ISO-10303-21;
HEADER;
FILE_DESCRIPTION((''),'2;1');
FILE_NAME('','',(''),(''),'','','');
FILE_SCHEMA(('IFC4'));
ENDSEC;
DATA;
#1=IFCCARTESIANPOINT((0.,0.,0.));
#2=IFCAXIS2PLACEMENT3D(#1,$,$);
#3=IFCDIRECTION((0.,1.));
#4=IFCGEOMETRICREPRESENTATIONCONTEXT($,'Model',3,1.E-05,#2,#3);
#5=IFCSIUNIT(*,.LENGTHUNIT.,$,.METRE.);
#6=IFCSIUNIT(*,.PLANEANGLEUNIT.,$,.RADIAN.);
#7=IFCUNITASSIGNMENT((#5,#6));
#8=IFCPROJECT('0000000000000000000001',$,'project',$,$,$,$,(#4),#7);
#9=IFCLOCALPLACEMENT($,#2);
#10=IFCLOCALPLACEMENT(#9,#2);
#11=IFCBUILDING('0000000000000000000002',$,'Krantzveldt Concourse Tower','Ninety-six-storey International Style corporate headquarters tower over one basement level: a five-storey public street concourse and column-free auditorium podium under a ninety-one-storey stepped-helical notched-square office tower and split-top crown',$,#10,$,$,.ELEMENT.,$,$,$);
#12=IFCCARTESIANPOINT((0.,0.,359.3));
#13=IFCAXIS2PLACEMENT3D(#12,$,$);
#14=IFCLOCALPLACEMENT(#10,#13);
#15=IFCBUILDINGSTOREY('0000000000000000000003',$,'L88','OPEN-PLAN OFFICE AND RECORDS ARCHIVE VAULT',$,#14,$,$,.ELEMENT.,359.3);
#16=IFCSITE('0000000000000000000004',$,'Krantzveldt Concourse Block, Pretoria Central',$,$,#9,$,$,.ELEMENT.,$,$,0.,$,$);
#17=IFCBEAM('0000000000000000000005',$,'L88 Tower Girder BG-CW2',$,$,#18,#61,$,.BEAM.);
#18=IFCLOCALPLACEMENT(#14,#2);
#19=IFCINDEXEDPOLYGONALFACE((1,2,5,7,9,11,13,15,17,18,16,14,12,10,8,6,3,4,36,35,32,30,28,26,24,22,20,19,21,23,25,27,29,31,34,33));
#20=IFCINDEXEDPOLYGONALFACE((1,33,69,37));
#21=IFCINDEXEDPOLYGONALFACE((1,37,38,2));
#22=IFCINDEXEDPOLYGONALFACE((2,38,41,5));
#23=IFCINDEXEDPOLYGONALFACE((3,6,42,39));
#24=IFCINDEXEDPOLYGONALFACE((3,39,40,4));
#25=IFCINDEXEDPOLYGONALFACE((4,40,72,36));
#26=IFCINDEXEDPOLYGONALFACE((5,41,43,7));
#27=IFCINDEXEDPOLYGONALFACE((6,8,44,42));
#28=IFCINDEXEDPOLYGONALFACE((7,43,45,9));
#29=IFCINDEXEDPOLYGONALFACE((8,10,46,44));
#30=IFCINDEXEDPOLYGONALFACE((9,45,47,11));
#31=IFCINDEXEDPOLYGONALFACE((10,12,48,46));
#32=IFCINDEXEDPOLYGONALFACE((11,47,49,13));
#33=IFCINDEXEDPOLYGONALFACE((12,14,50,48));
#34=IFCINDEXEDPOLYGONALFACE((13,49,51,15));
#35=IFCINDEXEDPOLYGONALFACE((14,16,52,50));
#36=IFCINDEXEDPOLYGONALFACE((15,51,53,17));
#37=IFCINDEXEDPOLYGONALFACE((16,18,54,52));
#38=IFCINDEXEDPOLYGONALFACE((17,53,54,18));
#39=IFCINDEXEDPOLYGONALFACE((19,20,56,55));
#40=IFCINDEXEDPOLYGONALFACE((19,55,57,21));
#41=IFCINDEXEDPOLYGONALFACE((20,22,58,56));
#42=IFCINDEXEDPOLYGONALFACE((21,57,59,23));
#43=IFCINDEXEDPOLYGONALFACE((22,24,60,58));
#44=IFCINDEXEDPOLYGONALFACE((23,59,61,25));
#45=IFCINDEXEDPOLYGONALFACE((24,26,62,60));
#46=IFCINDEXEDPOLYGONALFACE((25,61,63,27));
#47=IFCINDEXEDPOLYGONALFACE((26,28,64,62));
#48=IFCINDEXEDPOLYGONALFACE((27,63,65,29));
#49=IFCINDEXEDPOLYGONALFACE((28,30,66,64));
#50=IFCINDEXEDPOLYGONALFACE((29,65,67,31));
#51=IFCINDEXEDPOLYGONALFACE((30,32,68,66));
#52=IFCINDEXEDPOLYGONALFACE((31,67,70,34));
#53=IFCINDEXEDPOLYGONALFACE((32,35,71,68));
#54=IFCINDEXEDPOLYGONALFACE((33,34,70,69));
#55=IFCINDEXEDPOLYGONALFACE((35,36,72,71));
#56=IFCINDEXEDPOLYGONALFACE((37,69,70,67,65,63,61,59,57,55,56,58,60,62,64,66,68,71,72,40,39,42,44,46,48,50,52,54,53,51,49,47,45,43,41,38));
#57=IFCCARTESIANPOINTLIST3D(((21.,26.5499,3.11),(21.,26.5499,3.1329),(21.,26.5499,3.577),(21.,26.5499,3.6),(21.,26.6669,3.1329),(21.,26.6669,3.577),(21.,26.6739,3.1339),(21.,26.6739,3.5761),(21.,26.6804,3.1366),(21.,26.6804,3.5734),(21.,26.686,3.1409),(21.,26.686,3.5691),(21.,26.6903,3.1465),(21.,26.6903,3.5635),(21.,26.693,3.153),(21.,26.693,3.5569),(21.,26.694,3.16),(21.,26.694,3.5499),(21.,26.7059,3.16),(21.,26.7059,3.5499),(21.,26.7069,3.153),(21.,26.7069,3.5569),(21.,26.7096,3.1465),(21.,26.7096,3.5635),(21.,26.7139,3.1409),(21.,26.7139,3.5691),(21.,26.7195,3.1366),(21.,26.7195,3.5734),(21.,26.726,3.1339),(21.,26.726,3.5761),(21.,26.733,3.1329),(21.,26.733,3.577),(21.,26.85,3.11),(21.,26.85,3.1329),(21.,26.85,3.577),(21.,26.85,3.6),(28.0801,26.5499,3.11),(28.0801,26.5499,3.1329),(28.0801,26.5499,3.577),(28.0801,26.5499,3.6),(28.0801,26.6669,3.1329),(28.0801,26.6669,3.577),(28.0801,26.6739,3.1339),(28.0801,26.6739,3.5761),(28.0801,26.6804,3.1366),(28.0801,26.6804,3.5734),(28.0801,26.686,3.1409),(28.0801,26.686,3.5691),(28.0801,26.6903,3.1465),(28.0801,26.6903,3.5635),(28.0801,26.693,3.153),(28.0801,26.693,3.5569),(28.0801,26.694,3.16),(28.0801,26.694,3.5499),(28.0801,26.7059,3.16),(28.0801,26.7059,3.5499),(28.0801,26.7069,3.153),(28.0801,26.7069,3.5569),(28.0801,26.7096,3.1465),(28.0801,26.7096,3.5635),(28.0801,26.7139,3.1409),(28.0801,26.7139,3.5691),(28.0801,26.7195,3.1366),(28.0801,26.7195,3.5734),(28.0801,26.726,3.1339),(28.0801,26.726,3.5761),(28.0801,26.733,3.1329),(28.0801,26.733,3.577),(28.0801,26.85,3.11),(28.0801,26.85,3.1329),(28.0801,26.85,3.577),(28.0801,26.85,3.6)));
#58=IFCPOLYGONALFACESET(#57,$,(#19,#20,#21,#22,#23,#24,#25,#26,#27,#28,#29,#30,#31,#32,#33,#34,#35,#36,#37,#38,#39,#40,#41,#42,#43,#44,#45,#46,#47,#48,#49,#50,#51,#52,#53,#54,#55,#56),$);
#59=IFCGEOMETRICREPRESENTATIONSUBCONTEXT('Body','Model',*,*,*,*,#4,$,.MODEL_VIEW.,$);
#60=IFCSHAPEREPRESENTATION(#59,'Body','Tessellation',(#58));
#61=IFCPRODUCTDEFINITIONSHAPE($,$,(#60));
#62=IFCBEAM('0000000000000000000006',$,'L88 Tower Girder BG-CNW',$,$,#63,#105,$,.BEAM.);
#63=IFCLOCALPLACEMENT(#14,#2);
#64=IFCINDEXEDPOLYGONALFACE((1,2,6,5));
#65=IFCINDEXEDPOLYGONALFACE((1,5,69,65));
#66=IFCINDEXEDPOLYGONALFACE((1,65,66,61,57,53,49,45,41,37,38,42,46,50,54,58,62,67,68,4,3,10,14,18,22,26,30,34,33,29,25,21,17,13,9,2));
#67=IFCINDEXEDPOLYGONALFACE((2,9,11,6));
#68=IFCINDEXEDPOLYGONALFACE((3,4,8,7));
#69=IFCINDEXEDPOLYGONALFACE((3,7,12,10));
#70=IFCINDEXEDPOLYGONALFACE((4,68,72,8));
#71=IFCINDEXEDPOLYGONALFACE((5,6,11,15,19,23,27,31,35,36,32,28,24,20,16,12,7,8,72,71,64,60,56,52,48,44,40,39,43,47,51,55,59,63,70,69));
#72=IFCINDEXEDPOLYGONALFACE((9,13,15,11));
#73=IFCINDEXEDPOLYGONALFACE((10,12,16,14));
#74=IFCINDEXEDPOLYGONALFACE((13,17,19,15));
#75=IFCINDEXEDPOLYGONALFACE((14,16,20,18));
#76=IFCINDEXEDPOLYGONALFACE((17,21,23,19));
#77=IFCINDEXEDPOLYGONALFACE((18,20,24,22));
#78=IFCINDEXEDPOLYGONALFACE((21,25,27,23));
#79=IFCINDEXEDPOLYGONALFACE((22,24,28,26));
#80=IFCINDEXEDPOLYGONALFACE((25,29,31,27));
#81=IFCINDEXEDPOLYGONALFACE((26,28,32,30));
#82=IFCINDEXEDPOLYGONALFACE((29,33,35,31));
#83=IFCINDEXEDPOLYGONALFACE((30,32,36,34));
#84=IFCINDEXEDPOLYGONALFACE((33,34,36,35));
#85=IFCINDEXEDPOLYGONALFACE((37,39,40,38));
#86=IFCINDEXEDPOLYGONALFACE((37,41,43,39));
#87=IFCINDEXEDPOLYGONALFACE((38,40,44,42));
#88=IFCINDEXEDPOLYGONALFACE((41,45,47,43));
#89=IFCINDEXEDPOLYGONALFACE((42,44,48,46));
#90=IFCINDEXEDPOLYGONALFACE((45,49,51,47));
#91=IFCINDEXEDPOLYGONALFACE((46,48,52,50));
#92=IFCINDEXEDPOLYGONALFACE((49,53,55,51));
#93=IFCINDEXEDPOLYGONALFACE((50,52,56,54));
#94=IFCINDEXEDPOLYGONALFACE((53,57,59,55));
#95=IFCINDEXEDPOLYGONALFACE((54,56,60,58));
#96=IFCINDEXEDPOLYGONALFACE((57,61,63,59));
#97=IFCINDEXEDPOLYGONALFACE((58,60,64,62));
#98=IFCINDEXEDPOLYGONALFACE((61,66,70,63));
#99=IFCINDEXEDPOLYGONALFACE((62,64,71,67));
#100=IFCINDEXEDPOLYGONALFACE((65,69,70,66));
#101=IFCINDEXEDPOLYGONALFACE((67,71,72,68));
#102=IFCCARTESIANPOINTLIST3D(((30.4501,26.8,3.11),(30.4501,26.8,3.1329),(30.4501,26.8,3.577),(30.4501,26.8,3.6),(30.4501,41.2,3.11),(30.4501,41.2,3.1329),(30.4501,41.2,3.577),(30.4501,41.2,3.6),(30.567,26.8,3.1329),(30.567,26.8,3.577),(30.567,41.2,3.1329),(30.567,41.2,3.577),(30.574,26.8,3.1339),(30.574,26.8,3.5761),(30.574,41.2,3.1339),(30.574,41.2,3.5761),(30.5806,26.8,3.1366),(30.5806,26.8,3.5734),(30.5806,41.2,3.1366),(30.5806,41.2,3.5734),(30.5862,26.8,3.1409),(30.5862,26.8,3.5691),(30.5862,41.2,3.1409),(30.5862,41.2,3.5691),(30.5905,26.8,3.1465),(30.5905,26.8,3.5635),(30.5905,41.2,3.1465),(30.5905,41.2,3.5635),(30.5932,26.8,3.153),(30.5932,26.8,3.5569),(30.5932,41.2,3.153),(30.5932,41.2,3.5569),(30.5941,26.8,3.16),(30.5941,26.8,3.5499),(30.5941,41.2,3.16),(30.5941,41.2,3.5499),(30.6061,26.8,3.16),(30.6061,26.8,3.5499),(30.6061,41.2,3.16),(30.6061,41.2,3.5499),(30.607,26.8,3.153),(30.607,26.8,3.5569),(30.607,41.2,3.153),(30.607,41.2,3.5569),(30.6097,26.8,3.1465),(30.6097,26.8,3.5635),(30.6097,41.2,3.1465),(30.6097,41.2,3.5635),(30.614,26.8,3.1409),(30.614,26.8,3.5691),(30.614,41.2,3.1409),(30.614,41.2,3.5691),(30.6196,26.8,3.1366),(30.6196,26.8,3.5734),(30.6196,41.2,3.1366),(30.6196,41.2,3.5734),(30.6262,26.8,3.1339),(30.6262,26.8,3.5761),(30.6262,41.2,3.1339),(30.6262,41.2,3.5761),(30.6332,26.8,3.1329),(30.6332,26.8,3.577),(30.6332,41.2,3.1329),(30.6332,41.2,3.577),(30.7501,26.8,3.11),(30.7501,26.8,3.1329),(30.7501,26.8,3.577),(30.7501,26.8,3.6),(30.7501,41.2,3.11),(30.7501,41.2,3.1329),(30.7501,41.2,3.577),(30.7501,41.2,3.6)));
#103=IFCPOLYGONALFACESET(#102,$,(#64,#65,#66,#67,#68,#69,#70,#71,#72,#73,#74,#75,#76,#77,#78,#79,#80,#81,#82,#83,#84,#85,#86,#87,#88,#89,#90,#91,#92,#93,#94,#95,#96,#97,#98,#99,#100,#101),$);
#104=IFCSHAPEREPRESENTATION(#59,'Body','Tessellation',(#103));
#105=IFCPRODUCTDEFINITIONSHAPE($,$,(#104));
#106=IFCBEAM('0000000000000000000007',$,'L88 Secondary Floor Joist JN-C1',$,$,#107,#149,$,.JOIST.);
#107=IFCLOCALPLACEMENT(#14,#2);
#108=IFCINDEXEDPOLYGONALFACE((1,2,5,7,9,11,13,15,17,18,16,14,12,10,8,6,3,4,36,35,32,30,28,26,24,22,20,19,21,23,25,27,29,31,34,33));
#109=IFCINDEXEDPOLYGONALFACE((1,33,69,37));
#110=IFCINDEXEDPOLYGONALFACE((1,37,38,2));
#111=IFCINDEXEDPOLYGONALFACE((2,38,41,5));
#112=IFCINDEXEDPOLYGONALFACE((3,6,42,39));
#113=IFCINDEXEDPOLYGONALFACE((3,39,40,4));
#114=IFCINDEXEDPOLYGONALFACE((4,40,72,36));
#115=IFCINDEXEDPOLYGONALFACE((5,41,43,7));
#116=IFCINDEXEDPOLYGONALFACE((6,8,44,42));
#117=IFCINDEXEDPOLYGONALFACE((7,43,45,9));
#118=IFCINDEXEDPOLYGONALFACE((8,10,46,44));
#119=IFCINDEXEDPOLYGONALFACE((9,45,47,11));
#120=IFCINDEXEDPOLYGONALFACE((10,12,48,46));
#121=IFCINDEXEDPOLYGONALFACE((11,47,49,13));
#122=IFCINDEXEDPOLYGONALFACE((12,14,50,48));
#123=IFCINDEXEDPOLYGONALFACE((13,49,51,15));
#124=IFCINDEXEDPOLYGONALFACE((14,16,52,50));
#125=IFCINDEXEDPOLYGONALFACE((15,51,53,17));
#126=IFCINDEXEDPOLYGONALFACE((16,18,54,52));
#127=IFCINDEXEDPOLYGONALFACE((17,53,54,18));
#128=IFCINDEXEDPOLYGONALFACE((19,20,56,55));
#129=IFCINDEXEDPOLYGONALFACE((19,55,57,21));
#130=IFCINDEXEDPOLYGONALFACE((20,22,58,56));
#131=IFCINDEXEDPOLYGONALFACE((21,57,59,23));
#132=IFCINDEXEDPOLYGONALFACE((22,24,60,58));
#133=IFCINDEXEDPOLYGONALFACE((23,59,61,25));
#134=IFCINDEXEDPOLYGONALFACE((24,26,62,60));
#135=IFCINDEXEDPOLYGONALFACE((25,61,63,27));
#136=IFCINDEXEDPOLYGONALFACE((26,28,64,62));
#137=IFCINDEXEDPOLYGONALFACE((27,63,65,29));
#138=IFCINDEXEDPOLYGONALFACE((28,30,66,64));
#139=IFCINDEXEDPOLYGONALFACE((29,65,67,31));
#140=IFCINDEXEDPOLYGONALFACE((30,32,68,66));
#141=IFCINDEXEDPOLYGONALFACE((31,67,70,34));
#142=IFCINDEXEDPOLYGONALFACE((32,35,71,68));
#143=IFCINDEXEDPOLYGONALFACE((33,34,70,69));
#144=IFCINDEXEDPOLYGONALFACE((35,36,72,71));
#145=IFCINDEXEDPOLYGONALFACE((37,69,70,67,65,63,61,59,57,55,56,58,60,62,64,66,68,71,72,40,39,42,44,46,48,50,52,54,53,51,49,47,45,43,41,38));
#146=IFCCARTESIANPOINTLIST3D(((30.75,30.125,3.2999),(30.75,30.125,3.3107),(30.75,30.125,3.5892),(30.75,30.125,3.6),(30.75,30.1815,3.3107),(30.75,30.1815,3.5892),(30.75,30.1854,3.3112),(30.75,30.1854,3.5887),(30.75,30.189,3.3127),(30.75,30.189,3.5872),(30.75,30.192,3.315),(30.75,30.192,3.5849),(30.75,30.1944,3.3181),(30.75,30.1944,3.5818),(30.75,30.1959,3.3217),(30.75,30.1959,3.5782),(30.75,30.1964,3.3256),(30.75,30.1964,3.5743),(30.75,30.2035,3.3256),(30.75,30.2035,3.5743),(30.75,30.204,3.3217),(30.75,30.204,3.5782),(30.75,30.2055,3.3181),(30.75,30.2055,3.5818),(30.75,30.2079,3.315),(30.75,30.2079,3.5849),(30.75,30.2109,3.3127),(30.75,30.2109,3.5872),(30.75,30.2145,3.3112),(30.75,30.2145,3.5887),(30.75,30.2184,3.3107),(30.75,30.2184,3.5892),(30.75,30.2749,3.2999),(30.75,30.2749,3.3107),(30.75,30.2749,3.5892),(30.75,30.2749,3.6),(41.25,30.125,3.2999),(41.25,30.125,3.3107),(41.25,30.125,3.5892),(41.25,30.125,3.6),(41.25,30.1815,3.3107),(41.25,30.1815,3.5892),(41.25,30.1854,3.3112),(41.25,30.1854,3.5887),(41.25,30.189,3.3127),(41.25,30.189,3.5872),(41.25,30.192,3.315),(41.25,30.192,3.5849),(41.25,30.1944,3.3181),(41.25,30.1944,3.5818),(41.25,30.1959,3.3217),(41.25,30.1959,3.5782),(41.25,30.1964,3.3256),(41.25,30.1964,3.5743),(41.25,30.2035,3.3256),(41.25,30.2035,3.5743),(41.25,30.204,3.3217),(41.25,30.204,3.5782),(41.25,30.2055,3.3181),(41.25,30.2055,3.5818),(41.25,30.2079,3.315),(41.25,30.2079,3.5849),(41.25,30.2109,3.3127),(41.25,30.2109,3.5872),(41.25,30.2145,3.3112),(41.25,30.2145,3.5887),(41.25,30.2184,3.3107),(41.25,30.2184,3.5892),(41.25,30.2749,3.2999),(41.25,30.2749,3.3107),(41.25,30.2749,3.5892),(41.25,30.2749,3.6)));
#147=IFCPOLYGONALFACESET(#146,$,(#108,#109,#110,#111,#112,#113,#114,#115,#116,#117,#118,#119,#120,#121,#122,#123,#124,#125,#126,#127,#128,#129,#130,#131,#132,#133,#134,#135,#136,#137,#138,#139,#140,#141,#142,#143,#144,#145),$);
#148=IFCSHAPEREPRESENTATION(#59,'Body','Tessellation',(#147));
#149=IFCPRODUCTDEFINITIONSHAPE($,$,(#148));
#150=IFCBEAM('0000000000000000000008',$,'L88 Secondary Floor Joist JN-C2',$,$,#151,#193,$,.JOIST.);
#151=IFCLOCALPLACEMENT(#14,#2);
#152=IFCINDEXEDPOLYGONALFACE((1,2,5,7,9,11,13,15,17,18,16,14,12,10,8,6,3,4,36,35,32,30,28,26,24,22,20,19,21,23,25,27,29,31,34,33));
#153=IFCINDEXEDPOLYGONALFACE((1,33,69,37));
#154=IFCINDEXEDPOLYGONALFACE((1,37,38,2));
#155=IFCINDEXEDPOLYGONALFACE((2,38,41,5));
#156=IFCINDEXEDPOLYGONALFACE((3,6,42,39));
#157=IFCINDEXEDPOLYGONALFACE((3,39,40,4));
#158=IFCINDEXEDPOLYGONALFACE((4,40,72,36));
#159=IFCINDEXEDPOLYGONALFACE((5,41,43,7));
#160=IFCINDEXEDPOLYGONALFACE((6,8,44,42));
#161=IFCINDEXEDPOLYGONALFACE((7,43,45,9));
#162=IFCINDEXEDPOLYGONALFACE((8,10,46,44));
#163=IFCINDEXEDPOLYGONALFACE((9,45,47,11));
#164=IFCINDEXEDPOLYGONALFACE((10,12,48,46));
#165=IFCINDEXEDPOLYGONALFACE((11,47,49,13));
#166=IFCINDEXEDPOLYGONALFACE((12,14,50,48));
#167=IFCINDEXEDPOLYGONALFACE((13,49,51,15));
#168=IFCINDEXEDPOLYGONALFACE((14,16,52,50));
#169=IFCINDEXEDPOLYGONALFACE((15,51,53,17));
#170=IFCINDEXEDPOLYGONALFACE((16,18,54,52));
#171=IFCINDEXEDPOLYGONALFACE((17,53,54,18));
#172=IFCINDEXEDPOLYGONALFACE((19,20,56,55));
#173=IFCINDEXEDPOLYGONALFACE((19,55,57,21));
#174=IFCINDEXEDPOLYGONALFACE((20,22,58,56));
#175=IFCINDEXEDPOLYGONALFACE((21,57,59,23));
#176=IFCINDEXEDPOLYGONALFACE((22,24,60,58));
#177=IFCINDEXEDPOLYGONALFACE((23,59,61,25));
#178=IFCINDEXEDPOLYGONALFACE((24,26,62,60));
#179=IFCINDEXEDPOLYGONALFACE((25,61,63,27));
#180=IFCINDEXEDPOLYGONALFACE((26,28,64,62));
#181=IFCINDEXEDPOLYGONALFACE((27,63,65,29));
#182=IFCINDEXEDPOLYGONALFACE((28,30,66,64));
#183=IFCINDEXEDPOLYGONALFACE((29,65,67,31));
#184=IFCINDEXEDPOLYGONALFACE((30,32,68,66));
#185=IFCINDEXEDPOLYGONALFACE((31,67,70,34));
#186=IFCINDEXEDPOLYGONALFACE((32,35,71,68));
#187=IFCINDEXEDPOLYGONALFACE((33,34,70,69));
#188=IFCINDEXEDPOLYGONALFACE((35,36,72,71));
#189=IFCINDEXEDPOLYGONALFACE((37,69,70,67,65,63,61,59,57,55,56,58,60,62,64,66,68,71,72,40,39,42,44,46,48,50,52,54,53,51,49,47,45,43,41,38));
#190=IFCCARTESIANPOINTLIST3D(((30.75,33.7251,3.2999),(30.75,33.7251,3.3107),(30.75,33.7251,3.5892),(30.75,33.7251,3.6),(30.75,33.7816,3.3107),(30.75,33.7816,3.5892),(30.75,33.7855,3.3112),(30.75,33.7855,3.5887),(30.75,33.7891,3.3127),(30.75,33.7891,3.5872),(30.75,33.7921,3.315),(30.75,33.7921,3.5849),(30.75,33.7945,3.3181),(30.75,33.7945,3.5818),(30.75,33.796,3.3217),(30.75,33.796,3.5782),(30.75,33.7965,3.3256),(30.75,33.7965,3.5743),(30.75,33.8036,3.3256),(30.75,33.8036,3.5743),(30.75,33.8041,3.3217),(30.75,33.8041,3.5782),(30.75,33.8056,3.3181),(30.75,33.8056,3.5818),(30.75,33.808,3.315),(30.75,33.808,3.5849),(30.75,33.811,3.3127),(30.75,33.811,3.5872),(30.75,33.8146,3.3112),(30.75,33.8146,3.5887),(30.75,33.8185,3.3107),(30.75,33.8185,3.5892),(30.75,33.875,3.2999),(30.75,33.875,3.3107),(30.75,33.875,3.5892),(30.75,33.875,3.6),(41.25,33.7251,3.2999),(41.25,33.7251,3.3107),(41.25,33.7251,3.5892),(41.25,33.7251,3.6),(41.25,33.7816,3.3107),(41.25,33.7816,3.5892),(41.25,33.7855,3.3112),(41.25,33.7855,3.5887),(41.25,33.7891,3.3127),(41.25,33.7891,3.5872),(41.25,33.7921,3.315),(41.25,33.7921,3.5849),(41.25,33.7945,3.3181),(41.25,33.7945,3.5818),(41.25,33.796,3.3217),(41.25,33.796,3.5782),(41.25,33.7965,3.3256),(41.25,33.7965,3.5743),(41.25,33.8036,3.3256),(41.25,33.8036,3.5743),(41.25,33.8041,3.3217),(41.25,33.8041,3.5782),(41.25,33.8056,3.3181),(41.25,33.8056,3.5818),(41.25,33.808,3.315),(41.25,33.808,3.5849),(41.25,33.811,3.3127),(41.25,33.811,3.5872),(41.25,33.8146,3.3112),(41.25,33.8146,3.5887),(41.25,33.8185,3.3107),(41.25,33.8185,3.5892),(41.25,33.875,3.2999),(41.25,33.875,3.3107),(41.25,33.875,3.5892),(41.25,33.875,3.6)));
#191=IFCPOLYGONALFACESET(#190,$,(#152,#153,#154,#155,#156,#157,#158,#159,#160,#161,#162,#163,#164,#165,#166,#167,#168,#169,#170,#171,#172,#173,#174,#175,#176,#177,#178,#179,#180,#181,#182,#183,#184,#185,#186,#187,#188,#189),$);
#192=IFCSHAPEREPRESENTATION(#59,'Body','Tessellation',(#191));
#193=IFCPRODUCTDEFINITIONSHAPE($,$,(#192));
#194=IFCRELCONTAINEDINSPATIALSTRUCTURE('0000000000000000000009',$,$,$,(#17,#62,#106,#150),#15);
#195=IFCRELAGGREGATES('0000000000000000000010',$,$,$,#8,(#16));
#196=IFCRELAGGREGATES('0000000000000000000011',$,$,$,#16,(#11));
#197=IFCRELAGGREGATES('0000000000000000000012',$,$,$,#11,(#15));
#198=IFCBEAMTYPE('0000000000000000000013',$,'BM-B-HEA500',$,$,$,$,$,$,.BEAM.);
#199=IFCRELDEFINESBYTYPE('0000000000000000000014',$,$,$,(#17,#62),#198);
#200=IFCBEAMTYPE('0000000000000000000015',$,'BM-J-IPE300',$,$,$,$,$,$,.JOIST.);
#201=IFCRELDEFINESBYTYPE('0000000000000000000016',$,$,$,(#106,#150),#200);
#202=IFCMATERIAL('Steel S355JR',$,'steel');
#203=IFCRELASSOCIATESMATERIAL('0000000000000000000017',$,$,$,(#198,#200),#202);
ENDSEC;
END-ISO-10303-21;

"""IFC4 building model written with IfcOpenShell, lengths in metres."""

from ifc_helpers import new_model, si_unit, direction, frame, origin, origin_2d, place, context, subcontext, project, spatial, i_section, extrude, source, transform, mapped, material, material_profile, profile_set, type_object, type_shapes, element, save


model = new_model("IFC4")

# Units and contexts
model_context = context("Model", 3, precision=1e-05, world=origin(), true_north=direction((0.0, 1.0)))
body_context = subcontext(model_context, "Body", "Model", "MODEL_VIEW")
ifc_project = project(units=[si_unit("LENGTHUNIT", "METRE"), si_unit("PLANEANGLEUNIT", "RADIAN")], contexts=[model_context])

# Site, building, storey
site_placement = place(None, origin())
site = spatial("IfcSite", under=ifc_project, at=site_placement, Name="Krantzveldt Concourse Block, Pretoria Central", CompositionType="ELEMENT", RefElevation=0.0)
building_placement = place(site_placement, origin())
building = spatial("IfcBuilding", under=site, at=building_placement, Name="Krantzveldt Concourse Tower", Description="Ninety-six-storey International Style corporate headquarters tower over one basement level: a five-storey public street concourse and column-free auditorium podium under a ninety-one-storey stepped-helical notched-square office tower and split-top crown", CompositionType="ELEMENT")
storey_placement = place(building_placement, frame((0.0, 0.0, 359.3)))
storey = spatial("IfcBuildingStorey", under=building, at=storey_placement, Name="L88", Description="OPEN-PLAN OFFICE AND RECORDS ARCHIVE VAULT", CompositionType="ELEMENT", Elevation=359.3)

# Beams
ifc_material_1 = material(Name="Steel S355JR", Category="steel")
ifc_material_profile_1 = material_profile(ifc_material_1, i_section(OverallWidth=0.3, OverallDepth=0.49, WebThickness=0.012, FlangeThickness=0.0229, FilletRadius=0.0271, at=origin_2d()), Name="Steel S355JR", Category="steel")
ifc_profile_set_1 = profile_set([ifc_material_profile_1], Name="Steel S355JR - HEA 500")
beam_type_1 = type_object("IfcBeamType", Name="BM-B-HEA500", PredefinedType="BEAM", material=ifc_profile_set_1)
shared_shape_1 = source(origin(), body_context, "Body", "SweptSolid", [
    extrude(i_section(OverallWidth=0.3, OverallDepth=0.49, WebThickness=0.012, FlangeThickness=0.0229, FilletRadius=0.0271, at=origin_2d()), origin(), (0.0, 0.0, 1.0), 7.0801),
])
beam_1_placement = place(storey_placement, frame((21.0, 26.7, 3.355), z_axis=(1.0, 0.0, 0.0), x_axis=(0.0, 1.0, 0.0)))
element("IfcBeam", 1, at=beam_1_placement, inside=storey, type_object=beam_type_1, Name="L88 Tower Girder BG-CW2", PredefinedType="BEAM", context=body_context, shape_type="MappedRepresentation", body=[
    mapped(shared_shape_1, transform((0.0, 0.0, 0.0), x_axis=(1.0, 0.0, 0.0), y_axis=(0.0, 1.0, 0.0), z_axis=(0.0, 0.0, 1.0), scale=1.0)),
])
shared_shape_2 = source(origin(), body_context, "Body", "SweptSolid", [
    extrude(i_section(OverallWidth=0.3, OverallDepth=0.49, WebThickness=0.012, FlangeThickness=0.0229, FilletRadius=0.0271, at=origin_2d()), origin(), (0.0, 0.0, 1.0), 14.3999),
])
type_shapes(beam_type_1, [shared_shape_1, shared_shape_2])
beam_2_placement = place(storey_placement, frame((30.6001, 26.8, 3.355), z_axis=(0.0, 1.0, 0.0), x_axis=(-1.0, 0.0, 0.0)))
element("IfcBeam", 2, at=beam_2_placement, inside=storey, type_object=beam_type_1, Name="L88 Tower Girder BG-CNW", PredefinedType="BEAM", context=body_context, shape_type="MappedRepresentation", body=[
    mapped(shared_shape_2, transform((0.0, 0.0, 0.0), x_axis=(1.0, 0.0, 0.0), y_axis=(0.0, 1.0, 0.0), z_axis=(0.0, 0.0, 1.0), scale=1.0)),
])
ifc_material_profile_2 = material_profile(ifc_material_1, i_section(OverallWidth=0.1499, OverallDepth=0.3, WebThickness=0.0071, FlangeThickness=0.0107, FilletRadius=0.0149, at=origin_2d()), Name="Steel S355JR", Category="steel")
ifc_profile_set_2 = profile_set([ifc_material_profile_2], Name="Steel S355JR - IPE 300")
beam_type_2 = type_object("IfcBeamType", Name="BM-J-IPE300", PredefinedType="JOIST", material=ifc_profile_set_2)
shared_shape_3 = source(origin(), body_context, "Body", "SweptSolid", [
    extrude(i_section(OverallWidth=0.1499, OverallDepth=0.3, WebThickness=0.0071, FlangeThickness=0.0107, FilletRadius=0.0149, at=origin_2d()), origin(), (0.0, 0.0, 1.0), 10.5),
])
for number, where, z_axis, x_axis, name in (
    (3, (30.75, 30.2, 3.45), (1.0, 0.0, 0.0), (0.0, 1.0, 0.0), "L88 Secondary Floor Joist JN-C1"),
    (4, (30.75, 33.8, 3.45), (1.0, 0.0, 0.0), (0.0, 1.0, 0.0), "L88 Secondary Floor Joist JN-C2"),
):
    element("IfcBeam", number, at=place(storey_placement, frame(where, z_axis=z_axis, x_axis=x_axis)), inside=storey, type_object=beam_type_2, Name=name, PredefinedType="JOIST", context=body_context, shape_type="MappedRepresentation", body=[
        mapped(shared_shape_3, transform((0.0, 0.0, 0.0), x_axis=(1.0, 0.0, 0.0), y_axis=(0.0, 1.0, 0.0), z_axis=(0.0, 0.0, 1.0), scale=1.0)),
    ])

save(model, "model.ifc")
